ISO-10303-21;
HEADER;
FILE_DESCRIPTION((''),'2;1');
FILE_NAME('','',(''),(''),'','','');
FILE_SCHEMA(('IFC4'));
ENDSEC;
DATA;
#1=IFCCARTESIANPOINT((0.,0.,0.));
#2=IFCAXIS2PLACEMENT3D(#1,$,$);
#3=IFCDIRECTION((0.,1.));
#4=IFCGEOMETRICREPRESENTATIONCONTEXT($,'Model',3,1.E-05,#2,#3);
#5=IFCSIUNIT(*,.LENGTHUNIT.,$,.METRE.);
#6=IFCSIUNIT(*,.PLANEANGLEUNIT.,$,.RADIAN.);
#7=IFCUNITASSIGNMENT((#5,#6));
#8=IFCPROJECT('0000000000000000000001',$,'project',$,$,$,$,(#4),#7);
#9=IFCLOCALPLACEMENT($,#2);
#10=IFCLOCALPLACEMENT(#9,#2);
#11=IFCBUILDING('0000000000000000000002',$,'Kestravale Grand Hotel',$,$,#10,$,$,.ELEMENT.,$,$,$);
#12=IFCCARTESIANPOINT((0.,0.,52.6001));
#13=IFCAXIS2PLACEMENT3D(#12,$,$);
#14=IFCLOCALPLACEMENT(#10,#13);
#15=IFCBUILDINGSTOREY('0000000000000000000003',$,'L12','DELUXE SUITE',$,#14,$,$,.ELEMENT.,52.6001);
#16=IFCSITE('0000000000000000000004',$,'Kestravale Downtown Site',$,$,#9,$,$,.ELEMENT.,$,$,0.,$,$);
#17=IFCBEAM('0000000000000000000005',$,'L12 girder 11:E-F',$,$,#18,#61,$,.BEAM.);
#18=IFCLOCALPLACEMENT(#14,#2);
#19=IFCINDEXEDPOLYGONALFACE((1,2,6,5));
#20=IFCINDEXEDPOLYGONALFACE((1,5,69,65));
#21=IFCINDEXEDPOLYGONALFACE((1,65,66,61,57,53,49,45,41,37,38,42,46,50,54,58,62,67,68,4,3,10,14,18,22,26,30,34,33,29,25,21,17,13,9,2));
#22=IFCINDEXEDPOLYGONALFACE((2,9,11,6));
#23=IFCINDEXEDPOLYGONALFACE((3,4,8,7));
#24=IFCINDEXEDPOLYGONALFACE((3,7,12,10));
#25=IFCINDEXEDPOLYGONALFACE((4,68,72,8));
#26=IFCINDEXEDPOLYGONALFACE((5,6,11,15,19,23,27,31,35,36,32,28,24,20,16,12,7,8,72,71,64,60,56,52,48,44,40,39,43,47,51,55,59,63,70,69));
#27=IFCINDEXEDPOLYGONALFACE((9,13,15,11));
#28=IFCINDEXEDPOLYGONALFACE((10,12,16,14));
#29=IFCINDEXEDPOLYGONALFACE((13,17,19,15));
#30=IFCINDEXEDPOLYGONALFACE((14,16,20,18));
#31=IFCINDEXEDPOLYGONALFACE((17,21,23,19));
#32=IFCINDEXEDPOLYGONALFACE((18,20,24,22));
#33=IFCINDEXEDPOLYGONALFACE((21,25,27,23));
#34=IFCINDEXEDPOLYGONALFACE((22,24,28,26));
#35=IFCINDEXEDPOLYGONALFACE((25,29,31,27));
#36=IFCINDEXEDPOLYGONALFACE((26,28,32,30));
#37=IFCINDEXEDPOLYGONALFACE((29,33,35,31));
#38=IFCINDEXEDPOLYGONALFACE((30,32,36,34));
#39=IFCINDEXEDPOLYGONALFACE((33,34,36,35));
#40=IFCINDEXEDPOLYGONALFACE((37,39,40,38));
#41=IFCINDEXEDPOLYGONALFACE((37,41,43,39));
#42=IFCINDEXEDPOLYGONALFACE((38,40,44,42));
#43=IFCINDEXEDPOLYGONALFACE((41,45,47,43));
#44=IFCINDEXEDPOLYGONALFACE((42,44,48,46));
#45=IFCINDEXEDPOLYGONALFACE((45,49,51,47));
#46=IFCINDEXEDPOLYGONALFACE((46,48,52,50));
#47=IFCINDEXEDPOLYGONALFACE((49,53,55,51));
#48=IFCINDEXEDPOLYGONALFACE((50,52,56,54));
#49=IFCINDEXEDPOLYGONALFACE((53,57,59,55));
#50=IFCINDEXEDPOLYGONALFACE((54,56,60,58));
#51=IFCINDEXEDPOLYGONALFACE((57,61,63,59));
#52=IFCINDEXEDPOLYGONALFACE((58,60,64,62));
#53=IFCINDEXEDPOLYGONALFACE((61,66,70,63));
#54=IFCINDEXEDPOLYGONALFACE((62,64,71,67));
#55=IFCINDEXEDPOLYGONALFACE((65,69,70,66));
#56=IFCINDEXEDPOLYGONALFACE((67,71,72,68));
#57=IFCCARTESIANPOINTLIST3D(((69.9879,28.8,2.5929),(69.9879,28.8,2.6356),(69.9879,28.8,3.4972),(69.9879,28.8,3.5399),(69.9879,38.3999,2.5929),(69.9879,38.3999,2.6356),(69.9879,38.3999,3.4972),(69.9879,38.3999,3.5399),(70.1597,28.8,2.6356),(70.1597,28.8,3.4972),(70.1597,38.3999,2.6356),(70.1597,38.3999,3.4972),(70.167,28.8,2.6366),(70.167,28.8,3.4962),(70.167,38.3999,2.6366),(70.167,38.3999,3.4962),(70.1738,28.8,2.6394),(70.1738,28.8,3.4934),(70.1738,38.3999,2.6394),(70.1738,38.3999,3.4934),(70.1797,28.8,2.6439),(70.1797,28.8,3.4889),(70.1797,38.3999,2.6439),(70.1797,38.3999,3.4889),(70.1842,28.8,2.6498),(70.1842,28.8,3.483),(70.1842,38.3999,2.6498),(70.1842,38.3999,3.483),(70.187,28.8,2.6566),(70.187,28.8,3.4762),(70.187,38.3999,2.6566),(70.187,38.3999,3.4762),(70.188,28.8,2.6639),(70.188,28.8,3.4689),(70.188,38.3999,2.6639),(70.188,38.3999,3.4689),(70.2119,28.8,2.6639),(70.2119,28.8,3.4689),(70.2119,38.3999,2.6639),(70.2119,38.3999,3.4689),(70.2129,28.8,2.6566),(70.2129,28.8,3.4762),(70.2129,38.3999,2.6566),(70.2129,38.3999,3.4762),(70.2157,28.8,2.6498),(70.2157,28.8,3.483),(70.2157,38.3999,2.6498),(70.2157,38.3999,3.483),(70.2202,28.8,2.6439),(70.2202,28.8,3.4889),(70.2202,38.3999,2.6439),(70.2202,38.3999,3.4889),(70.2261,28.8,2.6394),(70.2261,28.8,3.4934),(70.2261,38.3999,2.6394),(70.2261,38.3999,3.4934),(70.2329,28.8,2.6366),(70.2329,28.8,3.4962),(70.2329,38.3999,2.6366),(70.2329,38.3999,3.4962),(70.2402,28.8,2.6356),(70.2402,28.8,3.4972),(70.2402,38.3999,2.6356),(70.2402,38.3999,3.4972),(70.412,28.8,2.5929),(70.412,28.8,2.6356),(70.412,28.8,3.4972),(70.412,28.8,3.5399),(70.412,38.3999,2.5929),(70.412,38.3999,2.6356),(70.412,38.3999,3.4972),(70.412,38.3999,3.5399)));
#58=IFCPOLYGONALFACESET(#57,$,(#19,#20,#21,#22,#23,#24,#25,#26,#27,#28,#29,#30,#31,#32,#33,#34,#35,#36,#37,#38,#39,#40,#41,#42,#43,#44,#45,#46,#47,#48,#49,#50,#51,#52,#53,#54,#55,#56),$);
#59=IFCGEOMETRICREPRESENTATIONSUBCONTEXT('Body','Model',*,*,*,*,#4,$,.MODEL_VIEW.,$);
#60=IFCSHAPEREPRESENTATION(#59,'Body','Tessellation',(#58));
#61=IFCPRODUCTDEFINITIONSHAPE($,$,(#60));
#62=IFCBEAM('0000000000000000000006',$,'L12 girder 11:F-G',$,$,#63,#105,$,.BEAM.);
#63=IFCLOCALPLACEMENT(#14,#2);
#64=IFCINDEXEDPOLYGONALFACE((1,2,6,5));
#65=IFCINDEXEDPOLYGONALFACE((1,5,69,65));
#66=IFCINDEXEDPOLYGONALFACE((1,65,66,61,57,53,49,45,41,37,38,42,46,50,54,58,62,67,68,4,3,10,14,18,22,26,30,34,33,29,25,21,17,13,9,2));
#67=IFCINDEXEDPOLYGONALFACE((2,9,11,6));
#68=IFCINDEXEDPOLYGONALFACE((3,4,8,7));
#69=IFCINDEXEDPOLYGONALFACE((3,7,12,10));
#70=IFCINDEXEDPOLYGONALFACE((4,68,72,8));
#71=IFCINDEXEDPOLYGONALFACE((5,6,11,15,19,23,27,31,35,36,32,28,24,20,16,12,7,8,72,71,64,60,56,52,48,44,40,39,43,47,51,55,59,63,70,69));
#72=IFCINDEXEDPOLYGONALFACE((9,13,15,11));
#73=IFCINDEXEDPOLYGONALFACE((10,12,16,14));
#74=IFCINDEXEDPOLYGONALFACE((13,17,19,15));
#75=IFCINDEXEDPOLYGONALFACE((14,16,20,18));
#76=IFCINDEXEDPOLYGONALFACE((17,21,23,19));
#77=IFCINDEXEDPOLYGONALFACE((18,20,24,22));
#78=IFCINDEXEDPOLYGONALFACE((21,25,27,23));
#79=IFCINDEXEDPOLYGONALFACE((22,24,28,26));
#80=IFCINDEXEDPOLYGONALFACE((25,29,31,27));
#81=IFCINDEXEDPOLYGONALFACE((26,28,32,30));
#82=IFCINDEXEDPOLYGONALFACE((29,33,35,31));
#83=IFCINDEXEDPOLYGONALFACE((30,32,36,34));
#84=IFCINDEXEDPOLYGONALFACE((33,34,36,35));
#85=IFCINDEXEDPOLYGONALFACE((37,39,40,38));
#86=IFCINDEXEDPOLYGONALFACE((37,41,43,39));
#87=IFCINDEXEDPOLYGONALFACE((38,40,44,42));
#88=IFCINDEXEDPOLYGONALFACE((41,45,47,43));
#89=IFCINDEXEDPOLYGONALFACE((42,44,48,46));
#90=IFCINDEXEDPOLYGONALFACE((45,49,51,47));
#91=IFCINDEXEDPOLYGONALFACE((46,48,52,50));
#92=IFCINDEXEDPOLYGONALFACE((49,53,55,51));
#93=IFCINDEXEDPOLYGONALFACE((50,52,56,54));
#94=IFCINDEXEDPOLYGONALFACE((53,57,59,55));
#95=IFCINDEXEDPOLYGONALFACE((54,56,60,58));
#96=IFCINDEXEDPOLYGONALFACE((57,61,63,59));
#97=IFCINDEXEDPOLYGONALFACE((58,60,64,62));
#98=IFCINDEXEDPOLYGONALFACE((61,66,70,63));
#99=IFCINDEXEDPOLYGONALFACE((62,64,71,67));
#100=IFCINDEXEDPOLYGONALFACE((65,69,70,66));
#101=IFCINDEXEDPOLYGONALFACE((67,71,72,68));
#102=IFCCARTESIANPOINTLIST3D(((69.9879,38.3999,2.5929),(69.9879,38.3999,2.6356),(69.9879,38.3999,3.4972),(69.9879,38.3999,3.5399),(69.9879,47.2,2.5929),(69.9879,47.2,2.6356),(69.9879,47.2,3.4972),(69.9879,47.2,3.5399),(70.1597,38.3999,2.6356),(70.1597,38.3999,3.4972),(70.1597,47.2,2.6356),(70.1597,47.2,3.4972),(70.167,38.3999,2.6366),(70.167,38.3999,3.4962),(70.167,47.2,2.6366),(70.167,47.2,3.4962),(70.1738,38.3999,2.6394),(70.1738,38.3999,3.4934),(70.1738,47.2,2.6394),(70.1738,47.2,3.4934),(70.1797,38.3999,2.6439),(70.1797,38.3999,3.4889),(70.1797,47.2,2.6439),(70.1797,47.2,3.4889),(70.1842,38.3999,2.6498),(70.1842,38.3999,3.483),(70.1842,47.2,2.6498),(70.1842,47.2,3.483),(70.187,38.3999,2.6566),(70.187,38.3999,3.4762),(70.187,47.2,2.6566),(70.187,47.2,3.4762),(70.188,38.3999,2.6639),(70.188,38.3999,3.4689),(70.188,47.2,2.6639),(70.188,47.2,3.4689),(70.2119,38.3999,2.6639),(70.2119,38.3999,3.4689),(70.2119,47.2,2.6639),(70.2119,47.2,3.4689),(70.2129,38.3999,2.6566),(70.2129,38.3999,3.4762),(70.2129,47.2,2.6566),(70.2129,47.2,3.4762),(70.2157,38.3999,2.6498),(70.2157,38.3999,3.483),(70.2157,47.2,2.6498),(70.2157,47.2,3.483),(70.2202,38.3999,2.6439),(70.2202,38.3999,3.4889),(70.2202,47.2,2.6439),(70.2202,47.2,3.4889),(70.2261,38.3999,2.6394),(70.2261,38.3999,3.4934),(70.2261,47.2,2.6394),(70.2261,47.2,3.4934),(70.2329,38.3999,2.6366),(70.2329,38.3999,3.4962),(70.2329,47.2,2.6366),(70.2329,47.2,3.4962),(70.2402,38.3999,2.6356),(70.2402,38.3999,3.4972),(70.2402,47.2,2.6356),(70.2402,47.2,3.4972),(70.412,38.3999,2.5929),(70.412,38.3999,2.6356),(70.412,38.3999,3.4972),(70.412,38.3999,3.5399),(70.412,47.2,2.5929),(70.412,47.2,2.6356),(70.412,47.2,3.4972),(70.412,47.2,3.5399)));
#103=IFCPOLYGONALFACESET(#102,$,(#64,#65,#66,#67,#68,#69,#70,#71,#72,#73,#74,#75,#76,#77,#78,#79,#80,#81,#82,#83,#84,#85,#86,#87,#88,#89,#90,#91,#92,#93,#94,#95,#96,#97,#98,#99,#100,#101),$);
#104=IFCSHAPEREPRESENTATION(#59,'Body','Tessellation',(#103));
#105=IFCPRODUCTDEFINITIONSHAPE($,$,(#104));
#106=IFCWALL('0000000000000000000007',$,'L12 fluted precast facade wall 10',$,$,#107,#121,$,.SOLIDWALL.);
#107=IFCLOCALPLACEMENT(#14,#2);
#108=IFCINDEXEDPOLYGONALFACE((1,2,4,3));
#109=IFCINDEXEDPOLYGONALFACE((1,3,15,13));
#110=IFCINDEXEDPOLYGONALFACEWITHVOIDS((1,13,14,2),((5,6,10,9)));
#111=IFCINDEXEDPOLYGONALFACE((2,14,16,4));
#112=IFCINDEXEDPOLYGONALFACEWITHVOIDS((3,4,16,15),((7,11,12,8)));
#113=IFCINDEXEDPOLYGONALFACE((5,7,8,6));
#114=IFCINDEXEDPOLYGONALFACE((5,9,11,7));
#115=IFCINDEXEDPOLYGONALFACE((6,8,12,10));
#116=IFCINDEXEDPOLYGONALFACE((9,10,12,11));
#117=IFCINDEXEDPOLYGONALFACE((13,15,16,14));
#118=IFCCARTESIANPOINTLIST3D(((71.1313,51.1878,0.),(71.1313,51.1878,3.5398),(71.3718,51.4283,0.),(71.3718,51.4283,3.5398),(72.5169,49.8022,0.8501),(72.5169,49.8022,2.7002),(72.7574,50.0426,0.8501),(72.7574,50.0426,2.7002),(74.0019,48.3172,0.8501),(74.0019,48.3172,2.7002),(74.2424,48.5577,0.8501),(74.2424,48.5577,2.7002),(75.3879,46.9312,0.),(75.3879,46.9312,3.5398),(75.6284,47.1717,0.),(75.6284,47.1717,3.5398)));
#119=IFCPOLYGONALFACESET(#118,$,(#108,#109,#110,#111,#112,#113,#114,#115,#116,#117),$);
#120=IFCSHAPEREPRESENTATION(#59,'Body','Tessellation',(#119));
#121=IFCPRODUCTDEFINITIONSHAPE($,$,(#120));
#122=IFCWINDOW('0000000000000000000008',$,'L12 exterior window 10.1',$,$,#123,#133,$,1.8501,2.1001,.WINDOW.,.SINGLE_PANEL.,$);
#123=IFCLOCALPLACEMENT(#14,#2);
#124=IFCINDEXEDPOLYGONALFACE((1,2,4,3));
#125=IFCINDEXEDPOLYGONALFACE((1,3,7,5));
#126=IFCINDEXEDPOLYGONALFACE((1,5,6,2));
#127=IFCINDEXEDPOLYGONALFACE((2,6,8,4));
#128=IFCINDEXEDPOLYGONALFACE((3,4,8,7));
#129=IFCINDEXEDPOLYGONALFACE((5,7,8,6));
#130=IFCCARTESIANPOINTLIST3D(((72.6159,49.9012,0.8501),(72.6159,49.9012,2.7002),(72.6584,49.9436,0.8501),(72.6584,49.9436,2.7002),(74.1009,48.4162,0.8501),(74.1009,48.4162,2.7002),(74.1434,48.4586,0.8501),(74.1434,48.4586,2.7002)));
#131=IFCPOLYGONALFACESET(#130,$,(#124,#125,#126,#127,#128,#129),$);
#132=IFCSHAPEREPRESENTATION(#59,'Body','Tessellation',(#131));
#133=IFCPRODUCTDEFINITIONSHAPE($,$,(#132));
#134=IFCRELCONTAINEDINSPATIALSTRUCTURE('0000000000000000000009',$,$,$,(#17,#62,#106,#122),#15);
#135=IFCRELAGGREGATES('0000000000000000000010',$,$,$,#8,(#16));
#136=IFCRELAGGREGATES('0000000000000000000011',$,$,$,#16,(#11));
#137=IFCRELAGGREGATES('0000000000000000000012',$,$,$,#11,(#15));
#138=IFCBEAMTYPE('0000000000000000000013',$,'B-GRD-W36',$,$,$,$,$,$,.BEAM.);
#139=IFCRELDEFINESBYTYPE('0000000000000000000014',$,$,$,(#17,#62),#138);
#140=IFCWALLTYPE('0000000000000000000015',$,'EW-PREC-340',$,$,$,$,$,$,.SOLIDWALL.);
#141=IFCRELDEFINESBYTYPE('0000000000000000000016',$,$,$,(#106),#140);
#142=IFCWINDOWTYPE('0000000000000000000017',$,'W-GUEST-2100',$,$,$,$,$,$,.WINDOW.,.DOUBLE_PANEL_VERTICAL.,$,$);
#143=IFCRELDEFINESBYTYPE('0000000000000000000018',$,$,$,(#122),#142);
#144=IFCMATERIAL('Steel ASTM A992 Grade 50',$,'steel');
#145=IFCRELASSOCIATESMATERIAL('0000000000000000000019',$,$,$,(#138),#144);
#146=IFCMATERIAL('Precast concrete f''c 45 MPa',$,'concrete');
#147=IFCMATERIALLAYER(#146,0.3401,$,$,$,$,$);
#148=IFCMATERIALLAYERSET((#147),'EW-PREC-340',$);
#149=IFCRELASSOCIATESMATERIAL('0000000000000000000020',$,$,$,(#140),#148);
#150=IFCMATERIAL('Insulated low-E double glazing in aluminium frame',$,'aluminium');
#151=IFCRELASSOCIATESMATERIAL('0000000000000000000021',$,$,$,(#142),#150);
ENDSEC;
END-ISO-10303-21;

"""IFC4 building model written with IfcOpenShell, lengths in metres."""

from ifc_helpers import new_model, si_unit, direction, frame, frame_2d, origin, origin_2d, place, context, subcontext, project, spatial, rectangle, i_section, extrude, material, layer, layer_set, material_profile, profile_set, type_object, element, fill, save


model = new_model("IFC4")

# Units and contexts
model_context = context("Model", 3, precision=1e-05, world=origin(), true_north=direction((0.0, 1.0)))
body_context = subcontext(model_context, "Body", "Model", "MODEL_VIEW")
ifc_project = project(units=[si_unit("LENGTHUNIT", "METRE"), si_unit("PLANEANGLEUNIT", "RADIAN")], contexts=[model_context])

# Site, building, storey
site_placement = place(None, origin())
site = spatial("IfcSite", under=ifc_project, at=site_placement, Name="Kestravale Downtown Site", CompositionType="ELEMENT", RefElevation=0.0)
building_placement = place(site_placement, origin())
building = spatial("IfcBuilding", under=site, at=building_placement, Name="Kestravale Grand Hotel", CompositionType="ELEMENT")
storey_placement = place(building_placement, frame((0.0, 0.0, 52.6001)))
storey = spatial("IfcBuildingStorey", under=building, at=storey_placement, Name="L12", Description="DELUXE SUITE", CompositionType="ELEMENT", Elevation=52.6001)

# Beams
ifc_material_1 = material(Name="Steel ASTM A992 Grade 50", Category="steel")
ifc_material_profile_1 = material_profile(ifc_material_1, i_section(OverallWidth=0.4241, OverallDepth=0.947, WebThickness=0.0239, FlangeThickness=0.0427, FilletRadius=0.0283, at=origin_2d()))
ifc_profile_set_1 = profile_set([ifc_material_profile_1], Name="Steel ASTM A992 Grade 50")
beam_type_1 = type_object("IfcBeamType", Name="B-GRD-W36", PredefinedType="BEAM", material=ifc_profile_set_1)
beam_1_placement = place(storey_placement, frame((70.2, 28.8, 3.0664), z_axis=(0.0, 1.0, 0.0), x_axis=(-1.0, 0.0, 0.0)))
element("IfcBeam", 1, at=beam_1_placement, inside=storey, type_object=beam_type_1, Name="L12 girder 11:E-F", PredefinedType="BEAM", context=body_context, shape_type="SweptSolid", body=[
    extrude(i_section(OverallWidth=0.4241, OverallDepth=0.947, WebThickness=0.0239, FlangeThickness=0.0427, FilletRadius=0.0283, at=origin_2d()), origin(), (0.0, 0.0, 1.0), 9.5999),
])
beam_2_placement = place(storey_placement, frame((70.2, 38.3999, 3.0664), z_axis=(0.0, 1.0, 0.0), x_axis=(-1.0, 0.0, 0.0)))
element("IfcBeam", 2, at=beam_2_placement, inside=storey, type_object=beam_type_1, Name="L12 girder 11:F-G", PredefinedType="BEAM", context=body_context, shape_type="SweptSolid", body=[
    extrude(i_section(OverallWidth=0.4241, OverallDepth=0.947, WebThickness=0.0239, FlangeThickness=0.0427, FilletRadius=0.0283, at=origin_2d()), origin(), (0.0, 0.0, 1.0), 8.8),
])

# Wall, opening, window
ifc_material_2 = material(Name="Precast concrete f'c 45 MPa", Category="concrete")
ifc_layer_1 = layer(ifc_material_2, 0.3401)
ifc_layer_set_1 = layer_set([ifc_layer_1], Name="EW-PREC-340")
wall_type_1 = type_object("IfcWallType", Name="EW-PREC-340", PredefinedType="SOLIDWALL", material=ifc_layer_set_1)
wall_1_placement = place(storey_placement, frame((75.5081, 47.0515, 0.0), z_axis=(0.0, 0.0, 1.0), x_axis=(-0.707107, 0.707107, 0.0)))
wall_1 = element("IfcWall", 3, at=wall_1_placement, inside=storey, type_object=wall_type_1, Name="L12 fluted precast facade wall 10", PredefinedType="SOLIDWALL", context=body_context, shape_type="SweptSolid", body=[
    extrude(rectangle(XDim=6.0198, YDim=0.3401, at=frame_2d((3.0098, 0.0))), origin(), (0.0, 0.0, 1.0), 3.5398),
])
opening_1_placement = place(wall_1_placement, frame((1.96, 0.0, 0.8501)))
opening_1 = element("IfcOpeningElement", 4, at=opening_1_placement, cuts=wall_1, PredefinedType="OPENING", context=body_context, shape_type="SweptSolid", body=[
    extrude(rectangle(XDim=2.1001, YDim=1.8501, at=frame_2d((1.05, 0.925))), frame((0.0, 0.1799, 0.0), z_axis=(0.0, -1.0, 0.0), x_axis=(1.0, 0.0, 0.0)), (0.0, 0.0, 1.0), 0.3601),
])
ifc_material_3 = material(Name="Insulated low-E double glazing in aluminium frame", Category="aluminium")
window_type = type_object("IfcWindowType", Name="W-GUEST-2100", PartitioningType="DOUBLE_PANEL_VERTICAL", PredefinedType="WINDOW", material=ifc_material_3)
window_1_placement = place(opening_1_placement, origin())
window_1 = element("IfcWindow", 5, at=window_1_placement, inside=storey, type_object=window_type, Name="L12 exterior window 10.1", OverallHeight=1.8501, OverallWidth=2.1001, PartitioningType="SINGLE_PANEL", PredefinedType="WINDOW", context=body_context, shape_type="SweptSolid", body=[
    extrude(rectangle(XDim=2.1001, YDim=1.8501, at=frame_2d((1.05, 0.925))), frame((0.0, 0.03, 0.0), z_axis=(0.0, -1.0, 0.0), x_axis=(1.0, 0.0, 0.0)), (0.0, 0.0, 1.0), 0.0601),
])
fill(opening_1, window_1)

save(model, "model.ifc")
